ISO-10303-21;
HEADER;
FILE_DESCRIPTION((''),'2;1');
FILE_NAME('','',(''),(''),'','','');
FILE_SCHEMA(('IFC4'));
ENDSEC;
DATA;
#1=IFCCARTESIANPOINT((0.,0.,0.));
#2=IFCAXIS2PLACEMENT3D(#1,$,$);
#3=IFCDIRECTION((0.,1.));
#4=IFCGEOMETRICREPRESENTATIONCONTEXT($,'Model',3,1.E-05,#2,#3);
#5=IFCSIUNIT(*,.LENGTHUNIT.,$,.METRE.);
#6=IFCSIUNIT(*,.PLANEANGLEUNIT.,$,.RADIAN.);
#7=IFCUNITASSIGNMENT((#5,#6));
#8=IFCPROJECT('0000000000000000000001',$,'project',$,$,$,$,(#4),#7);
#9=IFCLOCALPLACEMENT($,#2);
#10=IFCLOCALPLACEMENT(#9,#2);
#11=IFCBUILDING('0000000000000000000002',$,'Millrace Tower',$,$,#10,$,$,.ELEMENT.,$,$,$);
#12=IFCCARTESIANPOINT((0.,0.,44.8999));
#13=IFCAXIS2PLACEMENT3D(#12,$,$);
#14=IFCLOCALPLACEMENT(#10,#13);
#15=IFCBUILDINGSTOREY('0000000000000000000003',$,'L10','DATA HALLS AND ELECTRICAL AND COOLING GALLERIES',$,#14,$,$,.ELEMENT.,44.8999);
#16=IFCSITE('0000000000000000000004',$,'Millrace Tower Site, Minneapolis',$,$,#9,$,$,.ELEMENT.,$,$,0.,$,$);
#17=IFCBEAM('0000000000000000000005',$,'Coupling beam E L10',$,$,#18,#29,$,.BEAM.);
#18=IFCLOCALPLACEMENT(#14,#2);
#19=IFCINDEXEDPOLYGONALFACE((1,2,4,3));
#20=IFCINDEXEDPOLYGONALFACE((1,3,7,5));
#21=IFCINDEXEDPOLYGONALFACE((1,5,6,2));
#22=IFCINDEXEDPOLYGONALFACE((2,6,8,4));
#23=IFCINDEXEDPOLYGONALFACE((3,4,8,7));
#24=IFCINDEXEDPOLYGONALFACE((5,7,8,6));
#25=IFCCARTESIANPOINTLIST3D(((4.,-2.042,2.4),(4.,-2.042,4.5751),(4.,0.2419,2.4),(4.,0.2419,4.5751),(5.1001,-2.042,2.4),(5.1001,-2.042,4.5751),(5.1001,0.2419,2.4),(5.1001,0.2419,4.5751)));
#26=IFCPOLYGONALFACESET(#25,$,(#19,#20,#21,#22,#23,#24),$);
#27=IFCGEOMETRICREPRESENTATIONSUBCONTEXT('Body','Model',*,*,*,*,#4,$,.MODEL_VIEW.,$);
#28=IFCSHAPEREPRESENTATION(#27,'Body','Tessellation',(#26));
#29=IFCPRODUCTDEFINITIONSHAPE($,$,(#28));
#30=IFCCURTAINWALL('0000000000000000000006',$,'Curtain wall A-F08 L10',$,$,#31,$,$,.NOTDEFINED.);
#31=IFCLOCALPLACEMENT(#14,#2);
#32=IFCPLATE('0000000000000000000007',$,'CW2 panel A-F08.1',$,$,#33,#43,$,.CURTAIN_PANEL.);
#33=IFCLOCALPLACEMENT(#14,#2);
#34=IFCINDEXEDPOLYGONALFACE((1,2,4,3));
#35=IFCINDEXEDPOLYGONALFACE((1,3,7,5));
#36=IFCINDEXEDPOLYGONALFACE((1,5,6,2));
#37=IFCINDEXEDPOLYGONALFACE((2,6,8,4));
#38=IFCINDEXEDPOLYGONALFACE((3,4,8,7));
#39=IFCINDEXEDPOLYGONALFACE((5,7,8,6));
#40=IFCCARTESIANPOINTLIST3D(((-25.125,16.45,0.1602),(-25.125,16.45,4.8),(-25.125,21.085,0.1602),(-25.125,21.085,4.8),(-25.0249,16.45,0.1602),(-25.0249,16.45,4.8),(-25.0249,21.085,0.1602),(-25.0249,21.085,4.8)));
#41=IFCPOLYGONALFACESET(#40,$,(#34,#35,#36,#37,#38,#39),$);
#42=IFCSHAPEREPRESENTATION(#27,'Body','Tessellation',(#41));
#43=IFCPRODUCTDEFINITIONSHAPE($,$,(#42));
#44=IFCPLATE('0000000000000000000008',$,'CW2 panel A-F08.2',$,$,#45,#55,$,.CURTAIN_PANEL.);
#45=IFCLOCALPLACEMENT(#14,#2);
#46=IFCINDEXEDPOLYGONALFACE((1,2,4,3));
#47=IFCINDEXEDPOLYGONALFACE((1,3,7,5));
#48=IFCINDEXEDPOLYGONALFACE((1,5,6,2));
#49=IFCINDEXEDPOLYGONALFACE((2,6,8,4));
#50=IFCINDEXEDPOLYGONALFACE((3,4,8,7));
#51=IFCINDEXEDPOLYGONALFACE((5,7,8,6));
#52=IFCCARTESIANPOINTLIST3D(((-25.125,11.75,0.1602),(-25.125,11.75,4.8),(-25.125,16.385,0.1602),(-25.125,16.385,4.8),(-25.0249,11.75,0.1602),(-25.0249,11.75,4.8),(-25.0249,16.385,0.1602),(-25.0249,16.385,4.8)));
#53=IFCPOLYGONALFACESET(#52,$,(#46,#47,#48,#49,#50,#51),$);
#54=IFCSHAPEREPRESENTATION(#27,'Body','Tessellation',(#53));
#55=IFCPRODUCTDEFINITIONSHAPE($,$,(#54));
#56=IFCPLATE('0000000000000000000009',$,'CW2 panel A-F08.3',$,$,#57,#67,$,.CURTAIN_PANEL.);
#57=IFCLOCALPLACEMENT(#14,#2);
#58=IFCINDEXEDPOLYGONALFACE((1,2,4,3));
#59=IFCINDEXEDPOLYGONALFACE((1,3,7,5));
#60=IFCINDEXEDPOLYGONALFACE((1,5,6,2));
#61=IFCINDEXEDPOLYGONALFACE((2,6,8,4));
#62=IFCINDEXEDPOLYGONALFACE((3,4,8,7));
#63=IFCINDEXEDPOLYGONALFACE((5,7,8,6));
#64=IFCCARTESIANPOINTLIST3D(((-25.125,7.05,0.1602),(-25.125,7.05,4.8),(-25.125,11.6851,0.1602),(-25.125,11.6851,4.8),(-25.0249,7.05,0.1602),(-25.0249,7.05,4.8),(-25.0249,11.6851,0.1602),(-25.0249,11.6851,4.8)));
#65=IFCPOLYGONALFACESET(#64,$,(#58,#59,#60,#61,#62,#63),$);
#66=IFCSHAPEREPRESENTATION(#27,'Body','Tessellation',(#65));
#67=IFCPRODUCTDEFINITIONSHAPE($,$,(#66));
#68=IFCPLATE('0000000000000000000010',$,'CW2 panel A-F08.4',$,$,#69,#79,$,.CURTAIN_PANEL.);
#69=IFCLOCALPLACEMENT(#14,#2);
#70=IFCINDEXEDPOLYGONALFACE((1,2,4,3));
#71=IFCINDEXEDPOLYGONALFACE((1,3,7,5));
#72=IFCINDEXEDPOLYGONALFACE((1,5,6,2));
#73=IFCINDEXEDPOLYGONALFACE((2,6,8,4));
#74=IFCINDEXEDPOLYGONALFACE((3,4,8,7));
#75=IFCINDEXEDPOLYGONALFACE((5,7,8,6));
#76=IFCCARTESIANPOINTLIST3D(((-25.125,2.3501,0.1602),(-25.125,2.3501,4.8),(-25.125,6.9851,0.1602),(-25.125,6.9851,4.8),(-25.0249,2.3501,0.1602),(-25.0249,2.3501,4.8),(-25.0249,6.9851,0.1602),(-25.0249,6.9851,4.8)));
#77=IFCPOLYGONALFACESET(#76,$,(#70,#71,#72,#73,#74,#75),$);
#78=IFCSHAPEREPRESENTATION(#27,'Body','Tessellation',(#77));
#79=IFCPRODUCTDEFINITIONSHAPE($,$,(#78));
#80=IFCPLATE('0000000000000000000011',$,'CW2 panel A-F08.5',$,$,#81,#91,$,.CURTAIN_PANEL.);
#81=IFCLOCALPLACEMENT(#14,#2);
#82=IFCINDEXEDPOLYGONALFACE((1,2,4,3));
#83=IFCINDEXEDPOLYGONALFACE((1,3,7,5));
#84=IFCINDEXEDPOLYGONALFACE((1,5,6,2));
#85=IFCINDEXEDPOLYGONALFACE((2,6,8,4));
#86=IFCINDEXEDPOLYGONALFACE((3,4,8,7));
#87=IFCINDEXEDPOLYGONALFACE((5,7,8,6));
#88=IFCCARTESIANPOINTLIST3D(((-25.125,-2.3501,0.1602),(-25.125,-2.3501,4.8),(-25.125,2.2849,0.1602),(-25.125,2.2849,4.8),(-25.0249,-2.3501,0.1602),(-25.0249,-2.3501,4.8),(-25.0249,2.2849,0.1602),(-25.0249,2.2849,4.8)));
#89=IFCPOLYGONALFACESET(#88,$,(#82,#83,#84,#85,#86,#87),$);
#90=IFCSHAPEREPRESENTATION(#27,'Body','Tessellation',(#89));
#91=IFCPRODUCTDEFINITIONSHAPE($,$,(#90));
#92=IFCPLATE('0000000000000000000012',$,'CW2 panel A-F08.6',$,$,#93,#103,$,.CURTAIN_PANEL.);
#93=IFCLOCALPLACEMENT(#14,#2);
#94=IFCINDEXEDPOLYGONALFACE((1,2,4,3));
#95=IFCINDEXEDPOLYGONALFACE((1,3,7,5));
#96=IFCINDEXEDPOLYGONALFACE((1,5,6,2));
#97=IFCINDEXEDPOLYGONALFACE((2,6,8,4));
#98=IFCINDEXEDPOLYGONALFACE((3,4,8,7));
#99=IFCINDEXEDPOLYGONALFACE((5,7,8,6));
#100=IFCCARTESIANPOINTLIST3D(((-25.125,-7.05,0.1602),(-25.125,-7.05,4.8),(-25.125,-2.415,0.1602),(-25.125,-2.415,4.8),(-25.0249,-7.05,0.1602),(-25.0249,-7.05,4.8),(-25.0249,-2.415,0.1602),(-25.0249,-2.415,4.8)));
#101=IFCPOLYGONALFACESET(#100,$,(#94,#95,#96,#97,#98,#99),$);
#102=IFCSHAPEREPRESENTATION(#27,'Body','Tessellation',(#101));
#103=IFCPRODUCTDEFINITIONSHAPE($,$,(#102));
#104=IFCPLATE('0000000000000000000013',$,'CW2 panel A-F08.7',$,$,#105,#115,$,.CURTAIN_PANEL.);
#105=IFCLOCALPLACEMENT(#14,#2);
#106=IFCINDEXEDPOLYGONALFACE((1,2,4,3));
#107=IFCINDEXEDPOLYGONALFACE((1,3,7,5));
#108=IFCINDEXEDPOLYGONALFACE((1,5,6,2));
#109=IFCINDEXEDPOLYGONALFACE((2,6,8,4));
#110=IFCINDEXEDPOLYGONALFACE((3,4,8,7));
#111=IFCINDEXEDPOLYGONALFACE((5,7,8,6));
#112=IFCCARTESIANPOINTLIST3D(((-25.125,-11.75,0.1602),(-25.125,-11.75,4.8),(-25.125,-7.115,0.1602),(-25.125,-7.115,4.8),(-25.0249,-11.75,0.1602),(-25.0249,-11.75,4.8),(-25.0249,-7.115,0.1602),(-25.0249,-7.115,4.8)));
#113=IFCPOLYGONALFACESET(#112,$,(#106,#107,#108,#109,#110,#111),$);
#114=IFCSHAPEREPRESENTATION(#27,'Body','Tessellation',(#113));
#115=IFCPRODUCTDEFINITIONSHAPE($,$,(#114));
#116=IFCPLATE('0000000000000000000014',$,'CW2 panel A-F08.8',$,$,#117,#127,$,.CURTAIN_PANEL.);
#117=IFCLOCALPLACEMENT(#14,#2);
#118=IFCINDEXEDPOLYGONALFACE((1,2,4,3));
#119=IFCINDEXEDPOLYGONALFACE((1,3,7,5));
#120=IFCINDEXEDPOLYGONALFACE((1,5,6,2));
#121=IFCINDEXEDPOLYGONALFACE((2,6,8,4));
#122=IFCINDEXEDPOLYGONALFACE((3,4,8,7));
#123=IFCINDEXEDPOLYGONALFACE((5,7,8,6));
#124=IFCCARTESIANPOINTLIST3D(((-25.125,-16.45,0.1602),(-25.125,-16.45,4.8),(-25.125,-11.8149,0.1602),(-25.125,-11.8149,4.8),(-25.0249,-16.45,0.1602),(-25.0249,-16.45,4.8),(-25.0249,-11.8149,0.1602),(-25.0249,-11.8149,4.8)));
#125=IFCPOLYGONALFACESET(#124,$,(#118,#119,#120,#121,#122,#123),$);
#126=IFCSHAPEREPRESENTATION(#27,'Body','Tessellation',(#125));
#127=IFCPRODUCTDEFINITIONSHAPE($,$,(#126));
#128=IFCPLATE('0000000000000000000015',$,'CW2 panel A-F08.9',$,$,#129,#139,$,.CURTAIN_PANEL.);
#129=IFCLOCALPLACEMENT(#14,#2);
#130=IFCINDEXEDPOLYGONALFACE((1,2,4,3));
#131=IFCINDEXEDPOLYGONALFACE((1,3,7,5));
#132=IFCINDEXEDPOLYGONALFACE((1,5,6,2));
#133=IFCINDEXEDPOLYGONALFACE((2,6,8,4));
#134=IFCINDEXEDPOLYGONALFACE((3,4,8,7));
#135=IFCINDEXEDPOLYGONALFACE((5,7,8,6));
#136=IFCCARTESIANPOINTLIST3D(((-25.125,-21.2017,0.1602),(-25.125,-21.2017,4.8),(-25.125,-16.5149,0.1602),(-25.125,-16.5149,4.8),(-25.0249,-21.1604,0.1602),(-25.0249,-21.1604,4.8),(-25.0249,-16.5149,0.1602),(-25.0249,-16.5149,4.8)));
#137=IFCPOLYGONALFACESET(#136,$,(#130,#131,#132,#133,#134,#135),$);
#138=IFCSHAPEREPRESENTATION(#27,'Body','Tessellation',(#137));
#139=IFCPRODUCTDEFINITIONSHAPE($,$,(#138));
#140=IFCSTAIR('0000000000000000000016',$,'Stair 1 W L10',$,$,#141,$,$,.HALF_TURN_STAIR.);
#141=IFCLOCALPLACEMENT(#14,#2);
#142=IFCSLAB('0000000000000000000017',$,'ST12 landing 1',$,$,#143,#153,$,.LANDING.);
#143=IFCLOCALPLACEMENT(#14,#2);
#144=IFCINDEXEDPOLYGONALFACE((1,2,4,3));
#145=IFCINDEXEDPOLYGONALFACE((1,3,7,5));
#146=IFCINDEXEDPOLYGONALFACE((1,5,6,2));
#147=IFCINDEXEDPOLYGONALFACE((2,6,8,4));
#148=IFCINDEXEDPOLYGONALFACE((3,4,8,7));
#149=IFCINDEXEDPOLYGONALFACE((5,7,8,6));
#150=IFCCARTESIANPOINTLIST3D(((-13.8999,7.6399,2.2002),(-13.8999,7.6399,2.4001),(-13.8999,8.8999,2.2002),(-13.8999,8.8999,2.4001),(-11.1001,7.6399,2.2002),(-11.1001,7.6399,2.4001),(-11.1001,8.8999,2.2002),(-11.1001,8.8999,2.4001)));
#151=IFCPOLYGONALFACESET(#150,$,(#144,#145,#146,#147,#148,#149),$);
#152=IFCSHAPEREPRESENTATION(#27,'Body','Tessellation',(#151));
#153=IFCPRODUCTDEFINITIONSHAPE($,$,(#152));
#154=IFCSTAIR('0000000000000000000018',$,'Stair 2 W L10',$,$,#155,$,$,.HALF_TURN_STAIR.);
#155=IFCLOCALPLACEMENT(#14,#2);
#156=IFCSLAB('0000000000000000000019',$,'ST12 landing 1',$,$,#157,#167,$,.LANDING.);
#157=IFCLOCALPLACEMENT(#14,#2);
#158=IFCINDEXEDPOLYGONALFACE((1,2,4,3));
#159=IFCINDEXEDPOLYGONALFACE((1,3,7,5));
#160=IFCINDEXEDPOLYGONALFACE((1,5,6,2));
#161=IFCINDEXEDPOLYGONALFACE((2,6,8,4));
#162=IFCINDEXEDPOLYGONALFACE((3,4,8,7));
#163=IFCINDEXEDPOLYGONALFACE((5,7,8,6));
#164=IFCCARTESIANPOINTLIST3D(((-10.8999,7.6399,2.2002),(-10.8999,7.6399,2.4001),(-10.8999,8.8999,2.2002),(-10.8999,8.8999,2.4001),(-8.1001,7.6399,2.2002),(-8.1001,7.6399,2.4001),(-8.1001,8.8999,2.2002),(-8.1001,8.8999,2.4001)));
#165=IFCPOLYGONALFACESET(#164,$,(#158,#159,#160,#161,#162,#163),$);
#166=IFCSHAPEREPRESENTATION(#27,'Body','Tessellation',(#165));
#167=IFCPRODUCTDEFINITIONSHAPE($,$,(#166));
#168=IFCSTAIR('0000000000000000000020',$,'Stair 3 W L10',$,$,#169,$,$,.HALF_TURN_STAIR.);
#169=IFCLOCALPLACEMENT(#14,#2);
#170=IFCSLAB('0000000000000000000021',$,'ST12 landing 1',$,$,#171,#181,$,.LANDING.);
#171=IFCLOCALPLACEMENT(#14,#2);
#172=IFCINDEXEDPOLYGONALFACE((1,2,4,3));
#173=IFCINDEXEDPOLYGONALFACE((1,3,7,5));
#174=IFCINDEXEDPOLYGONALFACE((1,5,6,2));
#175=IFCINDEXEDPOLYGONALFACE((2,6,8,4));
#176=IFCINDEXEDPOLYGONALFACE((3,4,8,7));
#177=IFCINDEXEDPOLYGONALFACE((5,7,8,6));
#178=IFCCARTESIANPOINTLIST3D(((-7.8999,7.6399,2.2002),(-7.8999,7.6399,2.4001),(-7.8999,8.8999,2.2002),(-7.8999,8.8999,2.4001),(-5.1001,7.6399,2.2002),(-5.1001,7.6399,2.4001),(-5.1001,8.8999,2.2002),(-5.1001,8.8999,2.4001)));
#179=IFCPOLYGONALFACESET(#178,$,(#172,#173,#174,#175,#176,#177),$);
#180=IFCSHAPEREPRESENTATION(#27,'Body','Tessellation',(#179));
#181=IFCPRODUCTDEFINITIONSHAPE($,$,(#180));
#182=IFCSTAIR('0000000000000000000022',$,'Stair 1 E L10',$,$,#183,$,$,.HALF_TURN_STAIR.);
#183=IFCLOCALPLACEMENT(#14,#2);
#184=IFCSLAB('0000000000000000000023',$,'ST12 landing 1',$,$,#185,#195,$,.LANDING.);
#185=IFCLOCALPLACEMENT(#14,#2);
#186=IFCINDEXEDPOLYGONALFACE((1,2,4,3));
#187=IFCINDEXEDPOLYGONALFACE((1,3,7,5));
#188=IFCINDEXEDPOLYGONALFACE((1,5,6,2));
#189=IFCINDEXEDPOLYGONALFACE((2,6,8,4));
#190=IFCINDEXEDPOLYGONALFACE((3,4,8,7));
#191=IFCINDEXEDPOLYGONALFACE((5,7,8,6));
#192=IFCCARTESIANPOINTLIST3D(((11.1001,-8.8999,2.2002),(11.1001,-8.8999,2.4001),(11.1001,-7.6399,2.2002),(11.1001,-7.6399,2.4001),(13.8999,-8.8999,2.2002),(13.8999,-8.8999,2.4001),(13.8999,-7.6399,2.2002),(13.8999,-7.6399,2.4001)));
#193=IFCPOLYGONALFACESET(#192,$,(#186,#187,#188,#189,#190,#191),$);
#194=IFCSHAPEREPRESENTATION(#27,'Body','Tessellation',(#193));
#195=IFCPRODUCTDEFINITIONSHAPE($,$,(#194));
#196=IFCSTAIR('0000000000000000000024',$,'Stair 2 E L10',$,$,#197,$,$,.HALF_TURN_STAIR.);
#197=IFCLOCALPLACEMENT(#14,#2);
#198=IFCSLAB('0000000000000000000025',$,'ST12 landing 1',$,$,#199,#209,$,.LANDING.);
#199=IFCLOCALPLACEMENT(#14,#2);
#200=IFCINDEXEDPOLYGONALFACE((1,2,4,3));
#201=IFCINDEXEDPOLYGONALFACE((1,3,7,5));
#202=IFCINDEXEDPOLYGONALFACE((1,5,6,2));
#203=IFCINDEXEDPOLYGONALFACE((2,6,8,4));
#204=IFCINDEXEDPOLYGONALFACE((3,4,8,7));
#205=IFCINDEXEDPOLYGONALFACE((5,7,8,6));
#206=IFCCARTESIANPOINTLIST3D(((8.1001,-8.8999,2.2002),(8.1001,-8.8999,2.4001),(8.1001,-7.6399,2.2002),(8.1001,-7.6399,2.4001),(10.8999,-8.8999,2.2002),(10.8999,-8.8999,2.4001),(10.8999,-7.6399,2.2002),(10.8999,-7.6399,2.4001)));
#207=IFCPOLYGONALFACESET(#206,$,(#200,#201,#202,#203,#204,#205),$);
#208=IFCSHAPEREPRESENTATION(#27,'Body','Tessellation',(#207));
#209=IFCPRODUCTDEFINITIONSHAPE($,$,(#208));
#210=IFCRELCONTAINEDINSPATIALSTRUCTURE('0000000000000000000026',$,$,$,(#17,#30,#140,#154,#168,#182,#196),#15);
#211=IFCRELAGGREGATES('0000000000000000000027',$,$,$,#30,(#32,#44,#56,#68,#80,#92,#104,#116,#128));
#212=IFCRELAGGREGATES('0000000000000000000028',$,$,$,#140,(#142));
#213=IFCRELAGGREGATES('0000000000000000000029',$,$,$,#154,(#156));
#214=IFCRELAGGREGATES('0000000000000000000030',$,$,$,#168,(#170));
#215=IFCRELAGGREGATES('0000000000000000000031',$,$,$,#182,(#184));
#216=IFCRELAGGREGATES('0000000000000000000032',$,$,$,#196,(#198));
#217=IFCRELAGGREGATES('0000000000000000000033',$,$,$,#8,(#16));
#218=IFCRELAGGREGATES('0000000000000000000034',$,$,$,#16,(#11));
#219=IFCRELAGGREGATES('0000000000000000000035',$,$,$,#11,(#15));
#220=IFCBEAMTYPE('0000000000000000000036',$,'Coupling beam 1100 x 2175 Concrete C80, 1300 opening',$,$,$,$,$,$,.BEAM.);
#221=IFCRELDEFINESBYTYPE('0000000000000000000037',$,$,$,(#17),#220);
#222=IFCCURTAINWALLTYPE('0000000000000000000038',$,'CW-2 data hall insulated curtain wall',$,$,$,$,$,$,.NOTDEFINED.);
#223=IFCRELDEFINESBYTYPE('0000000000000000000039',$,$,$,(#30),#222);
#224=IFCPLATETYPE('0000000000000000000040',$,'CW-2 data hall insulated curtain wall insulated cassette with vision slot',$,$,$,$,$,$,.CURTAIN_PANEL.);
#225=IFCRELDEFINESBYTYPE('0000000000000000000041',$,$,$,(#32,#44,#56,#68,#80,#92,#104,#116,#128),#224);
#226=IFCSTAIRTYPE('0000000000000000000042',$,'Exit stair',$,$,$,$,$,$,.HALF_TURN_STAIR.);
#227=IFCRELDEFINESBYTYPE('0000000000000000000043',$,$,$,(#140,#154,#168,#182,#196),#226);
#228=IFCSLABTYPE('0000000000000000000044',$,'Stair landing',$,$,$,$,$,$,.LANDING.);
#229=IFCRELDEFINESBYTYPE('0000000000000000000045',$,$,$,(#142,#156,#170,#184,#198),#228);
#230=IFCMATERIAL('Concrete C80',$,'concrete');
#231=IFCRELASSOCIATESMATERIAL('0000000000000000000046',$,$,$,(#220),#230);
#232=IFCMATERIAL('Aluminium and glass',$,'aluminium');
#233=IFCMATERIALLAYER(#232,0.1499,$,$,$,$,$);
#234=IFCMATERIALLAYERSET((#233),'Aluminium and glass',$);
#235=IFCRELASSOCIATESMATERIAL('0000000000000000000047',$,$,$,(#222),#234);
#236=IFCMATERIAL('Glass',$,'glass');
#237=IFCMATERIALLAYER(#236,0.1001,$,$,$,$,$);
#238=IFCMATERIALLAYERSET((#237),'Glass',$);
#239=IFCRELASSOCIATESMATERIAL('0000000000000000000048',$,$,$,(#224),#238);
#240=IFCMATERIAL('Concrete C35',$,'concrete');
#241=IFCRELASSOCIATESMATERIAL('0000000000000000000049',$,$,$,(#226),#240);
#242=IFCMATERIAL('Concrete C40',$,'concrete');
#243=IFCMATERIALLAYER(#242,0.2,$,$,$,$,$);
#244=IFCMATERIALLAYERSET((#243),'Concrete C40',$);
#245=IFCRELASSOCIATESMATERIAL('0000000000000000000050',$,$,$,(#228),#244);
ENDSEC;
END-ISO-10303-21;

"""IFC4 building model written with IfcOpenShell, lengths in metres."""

from ifc_helpers import new_model, si_unit, direction, frame, origin, origin_2d, place, context, subcontext, project, spatial, polyline, rectangle, outline, extrude, material, layer, layer_set, material_profile, profile_set, type_object, element, aggregate, save


model = new_model("IFC4")

# Units and contexts
model_context = context("Model", 3, precision=1e-05, world=origin(), true_north=direction((0.0, 1.0)))
body_context = subcontext(model_context, "Body", "Model", "MODEL_VIEW")
ifc_project = project(units=[si_unit("LENGTHUNIT", "METRE"), si_unit("PLANEANGLEUNIT", "RADIAN")], contexts=[model_context])

# Site, building, storey
site_placement = place(None, origin())
site = spatial("IfcSite", under=ifc_project, at=site_placement, Name="Millrace Tower Site, Minneapolis", CompositionType="ELEMENT", RefElevation=0.0)
building_placement = place(site_placement, origin())
building = spatial("IfcBuilding", under=site, at=building_placement, Name="Millrace Tower", CompositionType="ELEMENT")
storey_placement = place(building_placement, frame((0.0, 0.0, 44.8999)))
storey = spatial("IfcBuildingStorey", under=building, at=storey_placement, Name="L10", Description="DATA HALLS AND ELECTRICAL AND COOLING GALLERIES", CompositionType="ELEMENT", Elevation=44.8999)

# Beam
ifc_material_1 = material(Name="Concrete C80", Category="concrete")
ifc_material_profile = material_profile(ifc_material_1, rectangle(XDim=1.1001, YDim=2.175, at=origin_2d()))
ifc_profile_set = profile_set([ifc_material_profile], Name="Concrete C80")
beam_type = type_object("IfcBeamType", Name="Coupling beam 1100 x 2175 Concrete C80, 1300 opening", PredefinedType="BEAM", material=ifc_profile_set)
beam_placement = place(storey_placement, frame((4.55, 0.2419, 3.4875), z_axis=(0.0, -1.0, 0.0), x_axis=(1.0, 0.0, 0.0)))
element("IfcBeam", 1, at=beam_placement, inside=storey, type_object=beam_type, Name="Coupling beam E L10", PredefinedType="BEAM", context=body_context, shape_type="SweptSolid", body=[
    extrude(rectangle(XDim=1.1001, YDim=2.175, at=origin_2d()), origin(), (0.0, 0.0, 1.0), 2.2839),
])

# Curtain wall, plates
ifc_material_2 = material(Name="Aluminium and glass", Category="aluminium")
ifc_layer_1 = layer(ifc_material_2, 0.1499)
ifc_layer_set_1 = layer_set([ifc_layer_1], Name="Aluminium and glass")
curtain_wall_type = type_object("IfcCurtainWallType", Name="CW-2 data hall insulated curtain wall", PredefinedType="NOTDEFINED", material=ifc_layer_set_1)
placement_1 = place(storey_placement, origin())
curtain_wall = element("IfcCurtainWall", 2, at=placement_1, inside=storey, type_object=curtain_wall_type, Name="Curtain wall A-F08 L10", PredefinedType="NOTDEFINED")
ifc_material_3 = material(Name="Glass", Category="glass")
ifc_layer_2 = layer(ifc_material_3, 0.1001)
ifc_layer_set_2 = layer_set([ifc_layer_2], Name="Glass")
plate_type = type_object("IfcPlateType", Name="CW-2 data hall insulated curtain wall insulated cassette with vision slot", PredefinedType="CURTAIN_PANEL", material=ifc_layer_set_2)
placement_2 = place(storey_placement, frame((0.0, 0.0, 0.1602)))
plate_1 = element("IfcPlate", 3, at=placement_2, type_object=plate_type, Name="CW2 panel A-F08.1", PredefinedType="CURTAIN_PANEL", context=body_context, shape_type="SweptSolid", body=[
    extrude(outline(polyline([(-25.125, 21.085), (-25.125, 16.45), (-25.0249, 16.45), (-25.0249, 21.085), (-25.125, 21.085)])), origin(), (0.0, 0.0, 1.0), 4.6399),
])
plate_2 = element("IfcPlate", 4, at=placement_2, type_object=plate_type, Name="CW2 panel A-F08.2", PredefinedType="CURTAIN_PANEL", context=body_context, shape_type="SweptSolid", body=[
    extrude(outline(polyline([(-25.125, 16.385), (-25.125, 11.75), (-25.0249, 11.75), (-25.0249, 16.385), (-25.125, 16.385)])), origin(), (0.0, 0.0, 1.0), 4.6399),
])
plate_3 = element("IfcPlate", 5, at=placement_2, type_object=plate_type, Name="CW2 panel A-F08.3", PredefinedType="CURTAIN_PANEL", context=body_context, shape_type="SweptSolid", body=[
    extrude(outline(polyline([(-25.125, 11.6851), (-25.125, 7.05), (-25.0249, 7.05), (-25.0249, 11.6851), (-25.125, 11.6851)])), origin(), (0.0, 0.0, 1.0), 4.6399),
])
plate_4 = element("IfcPlate", 6, at=placement_2, type_object=plate_type, Name="CW2 panel A-F08.4", PredefinedType="CURTAIN_PANEL", context=body_context, shape_type="SweptSolid", body=[
    extrude(outline(polyline([(-25.125, 6.9851), (-25.125, 2.3501), (-25.0249, 2.3501), (-25.0249, 6.9851), (-25.125, 6.9851)])), origin(), (0.0, 0.0, 1.0), 4.6399),
])
plate_5 = element("IfcPlate", 7, at=placement_2, type_object=plate_type, Name="CW2 panel A-F08.5", PredefinedType="CURTAIN_PANEL", context=body_context, shape_type="SweptSolid", body=[
    extrude(outline(polyline([(-25.125, 2.2849), (-25.125, -2.3501), (-25.0249, -2.3501), (-25.0249, 2.2849), (-25.125, 2.2849)])), origin(), (0.0, 0.0, 1.0), 4.6399),
])
plate_6 = element("IfcPlate", 8, at=placement_2, type_object=plate_type, Name="CW2 panel A-F08.6", PredefinedType="CURTAIN_PANEL", context=body_context, shape_type="SweptSolid", body=[
    extrude(outline(polyline([(-25.125, -2.415), (-25.125, -7.05), (-25.0249, -7.05), (-25.0249, -2.415), (-25.125, -2.415)])), origin(), (0.0, 0.0, 1.0), 4.6399),
])
plate_7 = element("IfcPlate", 9, at=placement_2, type_object=plate_type, Name="CW2 panel A-F08.7", PredefinedType="CURTAIN_PANEL", context=body_context, shape_type="SweptSolid", body=[
    extrude(outline(polyline([(-25.125, -7.115), (-25.125, -11.75), (-25.0249, -11.75), (-25.0249, -7.115), (-25.125, -7.115)])), origin(), (0.0, 0.0, 1.0), 4.6399),
])
plate_8 = element("IfcPlate", 10, at=placement_2, type_object=plate_type, Name="CW2 panel A-F08.8", PredefinedType="CURTAIN_PANEL", context=body_context, shape_type="SweptSolid", body=[
    extrude(outline(polyline([(-25.125, -11.8149), (-25.125, -16.45), (-25.0249, -16.45), (-25.0249, -11.8149), (-25.125, -11.8149)])), origin(), (0.0, 0.0, 1.0), 4.6399),
])
plate_9 = element("IfcPlate", 11, at=placement_2, type_object=plate_type, Name="CW2 panel A-F08.9", PredefinedType="CURTAIN_PANEL", context=body_context, shape_type="SweptSolid", body=[
    extrude(outline(polyline([(-25.125, -16.5149), (-25.125, -21.2017), (-25.0249, -21.1604), (-25.0249, -16.5149), (-25.125, -16.5149)])), origin(), (0.0, 0.0, 1.0), 4.6399),
])
aggregate(curtain_wall, [plate_1, plate_2, plate_3, plate_4, plate_5, plate_6, plate_7, plate_8, plate_9])

# Stairs, slabs
ifc_material_4 = material(Name="Concrete C35", Category="concrete")
stair_type = type_object("IfcStairType", Name="Exit stair", PredefinedType="HALF_TURN_STAIR", material=ifc_material_4)
stair_1 = element("IfcStair", 12, at=placement_1, inside=storey, type_object=stair_type, Name="Stair 1 W L10", PredefinedType="HALF_TURN_STAIR")
ifc_material_5 = material(Name="Concrete C40", Category="concrete")
ifc_layer_3 = layer(ifc_material_5, 0.2)
ifc_layer_set_3 = layer_set([ifc_layer_3], Name="Concrete C40")
slab_type = type_object("IfcSlabType", Name="Stair landing", PredefinedType="LANDING", material=ifc_layer_set_3)
placement_3 = place(storey_placement, frame((0.0, 0.0, 2.2002)))
slab_1 = element("IfcSlab", 13, at=placement_3, type_object=slab_type, Name="ST12 landing 1", PredefinedType="LANDING", context=body_context, shape_type="SweptSolid", body=[
    extrude(outline(polyline([(-13.8999, 7.6399), (-11.1001, 7.6399), (-11.1001, 8.8999), (-13.8999, 8.8999), (-13.8999, 7.6399)])), origin(), (0.0, 0.0, 1.0), 0.2),
])
aggregate(stair_1, [slab_1])
stair_2 = element("IfcStair", 14, at=placement_1, inside=storey, type_object=stair_type, Name="Stair 2 W L10", PredefinedType="HALF_TURN_STAIR")
slab_2 = element("IfcSlab", 15, at=placement_3, type_object=slab_type, Name="ST12 landing 1", PredefinedType="LANDING", context=body_context, shape_type="SweptSolid", body=[
    extrude(outline(polyline([(-10.8999, 7.6399), (-8.1001, 7.6399), (-8.1001, 8.8999), (-10.8999, 8.8999), (-10.8999, 7.6399)])), origin(), (0.0, 0.0, 1.0), 0.2),
])
aggregate(stair_2, [slab_2])
stair_3 = element("IfcStair", 16, at=placement_1, inside=storey, type_object=stair_type, Name="Stair 3 W L10", PredefinedType="HALF_TURN_STAIR")
slab_3 = element("IfcSlab", 17, at=placement_3, type_object=slab_type, Name="ST12 landing 1", PredefinedType="LANDING", context=body_context, shape_type="SweptSolid", body=[
    extrude(outline(polyline([(-7.8999, 7.6399), (-5.1001, 7.6399), (-5.1001, 8.8999), (-7.8999, 8.8999), (-7.8999, 7.6399)])), origin(), (0.0, 0.0, 1.0), 0.2),
])
aggregate(stair_3, [slab_3])
stair_4 = element("IfcStair", 18, at=placement_1, inside=storey, type_object=stair_type, Name="Stair 1 E L10", PredefinedType="HALF_TURN_STAIR")
slab_4 = element("IfcSlab", 19, at=placement_3, type_object=slab_type, Name="ST12 landing 1", PredefinedType="LANDING", context=body_context, shape_type="SweptSolid", body=[
    extrude(outline(polyline([(11.1001, -8.8999), (13.8999, -8.8999), (13.8999, -7.6399), (11.1001, -7.6399), (11.1001, -8.8999)])), origin(), (0.0, 0.0, 1.0), 0.2),
])
aggregate(stair_4, [slab_4])
stair_5 = element("IfcStair", 20, at=placement_1, inside=storey, type_object=stair_type, Name="Stair 2 E L10", PredefinedType="HALF_TURN_STAIR")
slab_5 = element("IfcSlab", 21, at=placement_3, type_object=slab_type, Name="ST12 landing 1", PredefinedType="LANDING", context=body_context, shape_type="SweptSolid", body=[
    extrude(outline(polyline([(8.1001, -8.8999), (10.8999, -8.8999), (10.8999, -7.6399), (8.1001, -7.6399), (8.1001, -8.8999)])), origin(), (0.0, 0.0, 1.0), 0.2),
])
aggregate(stair_5, [slab_5])

save(model, "model.ifc")
